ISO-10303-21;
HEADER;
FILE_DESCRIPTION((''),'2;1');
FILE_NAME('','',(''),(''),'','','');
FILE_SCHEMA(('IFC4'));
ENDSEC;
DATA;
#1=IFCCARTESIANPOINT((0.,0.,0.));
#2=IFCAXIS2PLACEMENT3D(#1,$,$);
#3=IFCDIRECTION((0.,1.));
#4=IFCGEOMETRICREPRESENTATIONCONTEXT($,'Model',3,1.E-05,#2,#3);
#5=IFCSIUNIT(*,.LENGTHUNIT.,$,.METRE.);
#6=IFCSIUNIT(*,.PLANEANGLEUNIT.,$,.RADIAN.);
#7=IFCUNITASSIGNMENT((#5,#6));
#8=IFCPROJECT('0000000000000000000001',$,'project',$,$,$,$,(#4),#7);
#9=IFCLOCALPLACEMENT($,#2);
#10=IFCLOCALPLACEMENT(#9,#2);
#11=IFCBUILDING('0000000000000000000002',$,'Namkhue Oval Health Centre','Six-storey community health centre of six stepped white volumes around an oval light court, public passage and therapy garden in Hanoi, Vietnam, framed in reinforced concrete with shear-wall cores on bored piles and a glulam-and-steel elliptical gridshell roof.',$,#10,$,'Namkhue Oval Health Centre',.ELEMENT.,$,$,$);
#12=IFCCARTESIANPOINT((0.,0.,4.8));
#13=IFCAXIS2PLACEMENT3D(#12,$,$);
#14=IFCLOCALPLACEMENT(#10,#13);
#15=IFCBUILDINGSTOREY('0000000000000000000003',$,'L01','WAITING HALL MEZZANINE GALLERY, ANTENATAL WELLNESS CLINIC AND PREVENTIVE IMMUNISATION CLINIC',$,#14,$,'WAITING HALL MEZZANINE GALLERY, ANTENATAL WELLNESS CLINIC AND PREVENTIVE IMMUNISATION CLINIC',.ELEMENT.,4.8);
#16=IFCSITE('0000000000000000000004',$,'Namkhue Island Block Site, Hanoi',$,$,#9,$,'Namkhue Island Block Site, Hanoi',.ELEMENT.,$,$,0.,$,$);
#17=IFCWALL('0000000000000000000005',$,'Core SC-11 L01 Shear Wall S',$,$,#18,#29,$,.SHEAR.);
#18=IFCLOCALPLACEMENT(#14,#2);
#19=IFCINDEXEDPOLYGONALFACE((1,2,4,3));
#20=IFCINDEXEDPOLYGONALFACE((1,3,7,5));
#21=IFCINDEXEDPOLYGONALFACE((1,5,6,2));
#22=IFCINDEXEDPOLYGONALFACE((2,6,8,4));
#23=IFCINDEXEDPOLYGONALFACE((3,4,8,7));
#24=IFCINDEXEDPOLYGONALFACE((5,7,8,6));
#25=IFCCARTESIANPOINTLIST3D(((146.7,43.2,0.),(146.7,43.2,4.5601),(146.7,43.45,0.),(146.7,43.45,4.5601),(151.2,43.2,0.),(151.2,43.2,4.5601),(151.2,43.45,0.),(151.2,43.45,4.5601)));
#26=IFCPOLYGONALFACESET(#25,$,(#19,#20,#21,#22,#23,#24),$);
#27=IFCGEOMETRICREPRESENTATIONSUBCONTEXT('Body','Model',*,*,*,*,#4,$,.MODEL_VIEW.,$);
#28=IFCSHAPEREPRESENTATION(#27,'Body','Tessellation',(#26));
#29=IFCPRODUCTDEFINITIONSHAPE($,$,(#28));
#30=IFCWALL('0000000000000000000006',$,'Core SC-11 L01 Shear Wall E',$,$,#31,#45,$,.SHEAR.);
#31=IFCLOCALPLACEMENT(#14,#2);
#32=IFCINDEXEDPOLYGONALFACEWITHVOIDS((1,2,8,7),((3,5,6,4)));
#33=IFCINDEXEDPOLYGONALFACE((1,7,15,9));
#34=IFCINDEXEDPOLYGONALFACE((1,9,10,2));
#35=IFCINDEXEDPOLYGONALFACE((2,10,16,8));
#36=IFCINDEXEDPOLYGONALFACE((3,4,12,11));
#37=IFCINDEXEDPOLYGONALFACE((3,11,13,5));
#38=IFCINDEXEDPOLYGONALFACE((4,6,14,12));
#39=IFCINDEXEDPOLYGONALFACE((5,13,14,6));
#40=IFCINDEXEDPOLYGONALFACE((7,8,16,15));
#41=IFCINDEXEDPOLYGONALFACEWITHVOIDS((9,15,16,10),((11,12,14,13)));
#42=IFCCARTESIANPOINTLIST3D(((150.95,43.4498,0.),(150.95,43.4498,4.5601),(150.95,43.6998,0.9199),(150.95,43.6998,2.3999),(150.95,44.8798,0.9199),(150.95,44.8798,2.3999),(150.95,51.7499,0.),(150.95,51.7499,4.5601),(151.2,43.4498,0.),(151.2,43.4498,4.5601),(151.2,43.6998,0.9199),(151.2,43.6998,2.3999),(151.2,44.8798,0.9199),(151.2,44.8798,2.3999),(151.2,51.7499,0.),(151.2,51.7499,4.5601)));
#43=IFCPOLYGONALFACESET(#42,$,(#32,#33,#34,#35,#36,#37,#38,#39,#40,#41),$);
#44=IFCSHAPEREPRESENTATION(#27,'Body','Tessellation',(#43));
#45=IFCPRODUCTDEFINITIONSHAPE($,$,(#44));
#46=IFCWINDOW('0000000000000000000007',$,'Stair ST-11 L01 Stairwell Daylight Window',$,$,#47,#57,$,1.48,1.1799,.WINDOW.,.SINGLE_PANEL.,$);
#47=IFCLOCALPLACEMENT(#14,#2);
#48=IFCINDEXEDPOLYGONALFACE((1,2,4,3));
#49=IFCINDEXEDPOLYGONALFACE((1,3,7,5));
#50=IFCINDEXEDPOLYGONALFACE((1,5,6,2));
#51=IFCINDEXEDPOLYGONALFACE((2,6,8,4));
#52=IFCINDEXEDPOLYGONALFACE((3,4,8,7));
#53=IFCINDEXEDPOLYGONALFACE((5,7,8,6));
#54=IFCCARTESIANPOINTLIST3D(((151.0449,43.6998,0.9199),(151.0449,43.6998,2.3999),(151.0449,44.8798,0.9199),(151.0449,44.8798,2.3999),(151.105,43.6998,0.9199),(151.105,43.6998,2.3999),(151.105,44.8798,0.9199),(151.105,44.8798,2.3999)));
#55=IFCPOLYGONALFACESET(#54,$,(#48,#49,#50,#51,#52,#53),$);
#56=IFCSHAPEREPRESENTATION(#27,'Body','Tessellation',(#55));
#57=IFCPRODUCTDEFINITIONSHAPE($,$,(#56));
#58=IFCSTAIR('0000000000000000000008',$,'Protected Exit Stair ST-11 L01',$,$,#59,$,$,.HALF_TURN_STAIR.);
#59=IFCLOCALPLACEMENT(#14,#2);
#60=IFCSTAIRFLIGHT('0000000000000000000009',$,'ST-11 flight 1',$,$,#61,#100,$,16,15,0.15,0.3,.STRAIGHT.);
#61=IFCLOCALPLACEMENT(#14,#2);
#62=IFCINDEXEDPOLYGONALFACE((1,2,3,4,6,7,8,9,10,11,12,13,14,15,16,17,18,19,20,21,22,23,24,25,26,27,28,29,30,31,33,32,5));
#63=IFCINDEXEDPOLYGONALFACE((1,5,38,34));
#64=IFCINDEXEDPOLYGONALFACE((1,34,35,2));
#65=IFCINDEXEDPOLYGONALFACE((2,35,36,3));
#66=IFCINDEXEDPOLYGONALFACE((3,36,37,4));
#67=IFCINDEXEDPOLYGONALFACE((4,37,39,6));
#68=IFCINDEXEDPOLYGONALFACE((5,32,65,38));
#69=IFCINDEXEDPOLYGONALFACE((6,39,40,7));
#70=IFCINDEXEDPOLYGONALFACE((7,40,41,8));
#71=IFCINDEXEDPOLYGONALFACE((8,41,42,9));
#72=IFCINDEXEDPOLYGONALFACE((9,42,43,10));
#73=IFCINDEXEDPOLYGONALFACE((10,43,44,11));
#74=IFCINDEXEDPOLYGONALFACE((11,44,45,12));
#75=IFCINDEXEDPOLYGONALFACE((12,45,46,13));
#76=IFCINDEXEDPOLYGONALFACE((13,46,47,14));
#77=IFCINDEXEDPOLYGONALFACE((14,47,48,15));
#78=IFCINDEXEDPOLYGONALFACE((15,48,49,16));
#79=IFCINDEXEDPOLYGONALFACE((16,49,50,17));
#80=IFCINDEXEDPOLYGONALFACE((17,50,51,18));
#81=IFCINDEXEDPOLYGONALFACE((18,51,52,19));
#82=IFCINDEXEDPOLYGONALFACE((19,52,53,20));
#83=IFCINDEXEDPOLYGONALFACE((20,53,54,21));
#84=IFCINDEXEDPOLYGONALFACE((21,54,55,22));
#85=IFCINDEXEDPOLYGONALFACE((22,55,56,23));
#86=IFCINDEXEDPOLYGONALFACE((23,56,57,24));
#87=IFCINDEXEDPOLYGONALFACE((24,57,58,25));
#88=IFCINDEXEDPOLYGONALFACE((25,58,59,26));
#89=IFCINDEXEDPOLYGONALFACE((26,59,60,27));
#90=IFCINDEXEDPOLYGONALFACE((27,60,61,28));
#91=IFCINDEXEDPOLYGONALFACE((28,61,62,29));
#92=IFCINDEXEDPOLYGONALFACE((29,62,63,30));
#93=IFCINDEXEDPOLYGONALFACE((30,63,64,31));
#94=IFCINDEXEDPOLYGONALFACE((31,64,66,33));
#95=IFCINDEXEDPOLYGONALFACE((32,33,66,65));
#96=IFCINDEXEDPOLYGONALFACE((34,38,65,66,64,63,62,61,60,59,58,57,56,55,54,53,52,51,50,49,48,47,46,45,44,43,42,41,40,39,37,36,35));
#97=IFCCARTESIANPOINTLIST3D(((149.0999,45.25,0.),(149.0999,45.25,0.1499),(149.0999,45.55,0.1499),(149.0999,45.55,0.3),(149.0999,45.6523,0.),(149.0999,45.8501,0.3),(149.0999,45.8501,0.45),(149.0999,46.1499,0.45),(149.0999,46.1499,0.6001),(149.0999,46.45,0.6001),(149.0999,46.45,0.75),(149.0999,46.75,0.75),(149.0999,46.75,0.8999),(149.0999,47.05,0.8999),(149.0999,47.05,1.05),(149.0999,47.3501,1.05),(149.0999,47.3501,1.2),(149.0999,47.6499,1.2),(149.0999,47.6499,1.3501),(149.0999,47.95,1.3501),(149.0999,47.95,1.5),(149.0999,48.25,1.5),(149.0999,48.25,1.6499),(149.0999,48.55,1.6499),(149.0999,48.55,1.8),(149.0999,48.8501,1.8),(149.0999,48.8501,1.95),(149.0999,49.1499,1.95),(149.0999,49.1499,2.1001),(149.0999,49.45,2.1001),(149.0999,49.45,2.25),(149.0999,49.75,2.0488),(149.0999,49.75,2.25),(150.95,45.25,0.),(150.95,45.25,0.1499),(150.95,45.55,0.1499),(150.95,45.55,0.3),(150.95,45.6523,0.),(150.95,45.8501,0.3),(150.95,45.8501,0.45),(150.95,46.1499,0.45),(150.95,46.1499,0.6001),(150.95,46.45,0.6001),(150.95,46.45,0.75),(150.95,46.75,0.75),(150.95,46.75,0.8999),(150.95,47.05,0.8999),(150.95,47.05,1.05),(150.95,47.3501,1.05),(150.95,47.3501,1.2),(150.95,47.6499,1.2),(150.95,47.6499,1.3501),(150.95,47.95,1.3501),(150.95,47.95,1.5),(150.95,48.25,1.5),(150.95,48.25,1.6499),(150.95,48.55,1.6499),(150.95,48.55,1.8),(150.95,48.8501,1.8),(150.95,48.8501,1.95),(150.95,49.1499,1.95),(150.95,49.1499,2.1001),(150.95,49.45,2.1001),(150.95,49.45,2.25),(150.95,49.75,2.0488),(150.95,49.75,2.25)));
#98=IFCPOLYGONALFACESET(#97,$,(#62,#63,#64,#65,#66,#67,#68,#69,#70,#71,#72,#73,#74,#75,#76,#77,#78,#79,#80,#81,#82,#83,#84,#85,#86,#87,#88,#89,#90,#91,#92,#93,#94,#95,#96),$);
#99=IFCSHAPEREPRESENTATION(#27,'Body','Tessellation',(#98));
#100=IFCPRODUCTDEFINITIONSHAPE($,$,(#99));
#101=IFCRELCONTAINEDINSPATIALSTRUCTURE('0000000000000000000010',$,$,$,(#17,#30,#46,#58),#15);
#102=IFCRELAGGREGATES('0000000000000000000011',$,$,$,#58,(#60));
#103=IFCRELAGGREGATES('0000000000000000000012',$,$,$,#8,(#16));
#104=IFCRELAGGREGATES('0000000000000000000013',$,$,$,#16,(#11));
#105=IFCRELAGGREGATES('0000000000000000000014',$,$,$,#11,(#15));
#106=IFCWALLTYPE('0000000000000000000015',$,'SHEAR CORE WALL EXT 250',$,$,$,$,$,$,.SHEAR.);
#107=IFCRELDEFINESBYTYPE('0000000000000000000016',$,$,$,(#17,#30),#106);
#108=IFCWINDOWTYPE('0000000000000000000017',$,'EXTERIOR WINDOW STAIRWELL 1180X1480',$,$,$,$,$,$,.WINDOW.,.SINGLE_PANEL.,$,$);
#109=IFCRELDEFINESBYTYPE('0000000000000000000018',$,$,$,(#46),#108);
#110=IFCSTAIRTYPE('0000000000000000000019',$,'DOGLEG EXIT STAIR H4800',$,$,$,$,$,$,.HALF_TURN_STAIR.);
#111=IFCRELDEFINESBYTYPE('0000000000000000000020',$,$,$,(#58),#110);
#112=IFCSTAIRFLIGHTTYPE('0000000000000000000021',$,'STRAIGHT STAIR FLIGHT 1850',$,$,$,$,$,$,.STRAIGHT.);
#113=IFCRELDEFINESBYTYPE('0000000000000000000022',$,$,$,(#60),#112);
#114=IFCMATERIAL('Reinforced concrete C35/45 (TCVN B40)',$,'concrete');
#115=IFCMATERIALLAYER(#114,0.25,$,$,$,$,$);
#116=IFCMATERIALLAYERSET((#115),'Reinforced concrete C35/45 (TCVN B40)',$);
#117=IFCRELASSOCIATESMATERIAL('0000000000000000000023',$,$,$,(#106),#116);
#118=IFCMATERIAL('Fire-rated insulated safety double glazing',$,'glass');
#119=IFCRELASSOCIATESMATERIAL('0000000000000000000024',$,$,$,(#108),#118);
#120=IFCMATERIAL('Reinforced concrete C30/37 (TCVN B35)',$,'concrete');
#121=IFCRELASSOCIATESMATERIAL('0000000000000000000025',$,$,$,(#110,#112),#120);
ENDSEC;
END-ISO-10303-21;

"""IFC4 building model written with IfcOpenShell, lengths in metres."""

from ifc_helpers import new_model, si_unit, direction, frame, frame_2d, origin, place, context, subcontext, project, spatial, polyline, rectangle, outline, extrude, material, layer, layer_set, type_object, element, fill, aggregate, save


model = new_model("IFC4")

# Units and contexts
model_context = context("Model", 3, precision=1e-05, world=origin(), true_north=direction((0.0, 1.0)))
body_context = subcontext(model_context, "Body", "Model", "MODEL_VIEW")
ifc_project = project(units=[si_unit("LENGTHUNIT", "METRE"), si_unit("PLANEANGLEUNIT", "RADIAN")], contexts=[model_context])

# Site, building, storey
site_placement = place(None, origin())
site = spatial("IfcSite", under=ifc_project, at=site_placement, Name="Namkhue Island Block Site, Hanoi", LongName="Namkhue Island Block Site, Hanoi", CompositionType="ELEMENT", RefElevation=0.0)
building_placement = place(site_placement, origin())
building = spatial("IfcBuilding", under=site, at=building_placement, Name="Namkhue Oval Health Centre", Description="Six-storey community health centre of six stepped white volumes around an oval light court, public passage and therapy garden in Hanoi, Vietnam, framed in reinforced concrete with shear-wall cores on bored piles and a glulam-and-steel elliptical gridshell roof.", LongName="Namkhue Oval Health Centre", CompositionType="ELEMENT")
storey_placement = place(building_placement, frame((0.0, 0.0, 4.8)))
storey = spatial("IfcBuildingStorey", under=building, at=storey_placement, Name="L01", Description="WAITING HALL MEZZANINE GALLERY, ANTENATAL WELLNESS CLINIC AND PREVENTIVE IMMUNISATION CLINIC", LongName="WAITING HALL MEZZANINE GALLERY, ANTENATAL WELLNESS CLINIC AND PREVENTIVE IMMUNISATION CLINIC", CompositionType="ELEMENT", Elevation=4.8)

# Shared definitions
ifc_material_1 = material(Name="Reinforced concrete C35/45 (TCVN B40)", Category="concrete")

# Wall
ifc_layer_1 = layer(ifc_material_1, 0.25)
ifc_layer_set_1 = layer_set([ifc_layer_1], Name="Reinforced concrete C35/45 (TCVN B40)")
wall_type_1 = type_object("IfcWallType", Name="SHEAR CORE WALL EXT 250", PredefinedType="SHEAR", material=ifc_layer_set_1)
wall_1_placement = place(storey_placement, frame((146.7, 43.325, 0.0), z_axis=(0.0, 0.0, 1.0), x_axis=(1.0, 0.0, 0.0)))
element("IfcWall", 1, at=wall_1_placement, inside=storey, type_object=wall_type_1, Name="Core SC-11 L01 Shear Wall S", PredefinedType="SHEAR", context=body_context, shape_type="SweptSolid", body=[
    extrude(rectangle(XDim=4.5, YDim=0.25, at=frame_2d((2.25, 0.0))), origin(), (0.0, 0.0, 1.0), 4.5601),
])

# Wall, opening, window
wall_2_placement = place(storey_placement, frame((151.075, 43.45, 0.0), z_axis=(0.0, 0.0, 1.0), x_axis=(0.0, 1.0, 0.0)))
wall_2 = element("IfcWall", 2, at=wall_2_placement, inside=storey, type_object=wall_type_1, Name="Core SC-11 L01 Shear Wall E", PredefinedType="SHEAR", context=body_context, shape_type="SweptSolid", body=[
    extrude(rectangle(XDim=8.3, YDim=0.25, at=frame_2d((4.1499, 0.0))), origin(), (0.0, 0.0, 1.0), 4.5601),
])
opening_1_placement = place(wall_2_placement, frame((0.25, 0.0, 0.9199)))
opening_1 = element("IfcOpeningElement", 3, at=opening_1_placement, cuts=wall_2, PredefinedType="OPENING", context=body_context, shape_type="SweptSolid", body=[
    extrude(rectangle(XDim=1.1799, YDim=1.48, at=frame_2d((0.5898, 0.74))), frame((0.0, 0.135, 0.0), z_axis=(0.0, -1.0, 0.0), x_axis=(1.0, 0.0, 0.0)), (0.0, 0.0, 1.0), 0.27),
])
ifc_material_2 = material(Name="Fire-rated insulated safety double glazing", Category="glass")
window_type_1 = type_object("IfcWindowType", Name="EXTERIOR WINDOW STAIRWELL 1180X1480", PartitioningType="SINGLE_PANEL", PredefinedType="WINDOW", material=ifc_material_2)
window_1_placement = place(opening_1_placement, origin())
window_1 = element("IfcWindow", 4, at=window_1_placement, inside=storey, type_object=window_type_1, Name="Stair ST-11 L01 Stairwell Daylight Window", OverallHeight=1.48, OverallWidth=1.1799, PartitioningType="SINGLE_PANEL", PredefinedType="WINDOW", context=body_context, shape_type="SweptSolid", body=[
    extrude(rectangle(XDim=1.1799, YDim=1.48, at=frame_2d((0.5898, 0.74))), frame((0.0, 0.03, 0.0), z_axis=(0.0, -1.0, 0.0), x_axis=(1.0, 0.0, 0.0)), (0.0, 0.0, 1.0), 0.0601),
])
fill(opening_1, window_1)

# Stair, stair flight
ifc_material_3 = material(Name="Reinforced concrete C30/37 (TCVN B35)", Category="concrete")
stair_type = type_object("IfcStairType", Name="DOGLEG EXIT STAIR H4800", PredefinedType="HALF_TURN_STAIR", material=ifc_material_3)
stair_placement = place(storey_placement, origin())
stair = element("IfcStair", 5, at=stair_placement, inside=storey, type_object=stair_type, Name="Protected Exit Stair ST-11 L01", PredefinedType="HALF_TURN_STAIR")
stair_flight_type = type_object("IfcStairFlightType", Name="STRAIGHT STAIR FLIGHT 1850", PredefinedType="STRAIGHT", material=ifc_material_3)
stair_flight_placement = place(storey_placement, frame((150.0249, 45.25, 0.0), z_axis=(0.0, 0.0, 1.0), x_axis=(0.0, 1.0, 0.0)))
stair_flight = element("IfcStairFlight", 6, at=stair_flight_placement, type_object=stair_flight_type, Name="ST-11 flight 1", NumberOfRisers=16, NumberOfTreads=15, PredefinedType="STRAIGHT", RiserHeight=0.15, TreadLength=0.3, context=body_context, shape_type="SweptSolid", body=[
    extrude(outline(polyline([(0.0, 0.0), (0.0, 0.1499), (0.3, 0.1499), (0.3, 0.3), (0.6001, 0.3), (0.6001, 0.45), (0.8999, 0.45), (0.8999, 0.6001), (1.2, 0.6001), (1.2, 0.75), (1.5, 0.75), (1.5, 0.8999), (1.8, 0.8999), (1.8, 1.05), (2.1001, 1.05), (2.1001, 1.2), (2.3999, 1.2), (2.3999, 1.3501), (2.7, 1.3501), (2.7, 1.5), (3.0, 1.5), (3.0, 1.6499), (3.3, 1.6499), (3.3, 1.8), (3.6001, 1.8), (3.6001, 1.95), (3.8999, 1.95), (3.8999, 2.1001), (4.2, 2.1001), (4.2, 2.25), (4.5, 2.25), (4.5, 2.3999), (4.5, 2.0488), (0.4023, 0.0), (0.0, 0.0)])), frame((0.0, 0.925, 0.0), z_axis=(0.0, -1.0, 0.0), x_axis=(1.0, 0.0, 0.0)), (0.0, 0.0, 1.0), 1.8501),
])
aggregate(stair, [stair_flight])

save(model, "model.ifc")
